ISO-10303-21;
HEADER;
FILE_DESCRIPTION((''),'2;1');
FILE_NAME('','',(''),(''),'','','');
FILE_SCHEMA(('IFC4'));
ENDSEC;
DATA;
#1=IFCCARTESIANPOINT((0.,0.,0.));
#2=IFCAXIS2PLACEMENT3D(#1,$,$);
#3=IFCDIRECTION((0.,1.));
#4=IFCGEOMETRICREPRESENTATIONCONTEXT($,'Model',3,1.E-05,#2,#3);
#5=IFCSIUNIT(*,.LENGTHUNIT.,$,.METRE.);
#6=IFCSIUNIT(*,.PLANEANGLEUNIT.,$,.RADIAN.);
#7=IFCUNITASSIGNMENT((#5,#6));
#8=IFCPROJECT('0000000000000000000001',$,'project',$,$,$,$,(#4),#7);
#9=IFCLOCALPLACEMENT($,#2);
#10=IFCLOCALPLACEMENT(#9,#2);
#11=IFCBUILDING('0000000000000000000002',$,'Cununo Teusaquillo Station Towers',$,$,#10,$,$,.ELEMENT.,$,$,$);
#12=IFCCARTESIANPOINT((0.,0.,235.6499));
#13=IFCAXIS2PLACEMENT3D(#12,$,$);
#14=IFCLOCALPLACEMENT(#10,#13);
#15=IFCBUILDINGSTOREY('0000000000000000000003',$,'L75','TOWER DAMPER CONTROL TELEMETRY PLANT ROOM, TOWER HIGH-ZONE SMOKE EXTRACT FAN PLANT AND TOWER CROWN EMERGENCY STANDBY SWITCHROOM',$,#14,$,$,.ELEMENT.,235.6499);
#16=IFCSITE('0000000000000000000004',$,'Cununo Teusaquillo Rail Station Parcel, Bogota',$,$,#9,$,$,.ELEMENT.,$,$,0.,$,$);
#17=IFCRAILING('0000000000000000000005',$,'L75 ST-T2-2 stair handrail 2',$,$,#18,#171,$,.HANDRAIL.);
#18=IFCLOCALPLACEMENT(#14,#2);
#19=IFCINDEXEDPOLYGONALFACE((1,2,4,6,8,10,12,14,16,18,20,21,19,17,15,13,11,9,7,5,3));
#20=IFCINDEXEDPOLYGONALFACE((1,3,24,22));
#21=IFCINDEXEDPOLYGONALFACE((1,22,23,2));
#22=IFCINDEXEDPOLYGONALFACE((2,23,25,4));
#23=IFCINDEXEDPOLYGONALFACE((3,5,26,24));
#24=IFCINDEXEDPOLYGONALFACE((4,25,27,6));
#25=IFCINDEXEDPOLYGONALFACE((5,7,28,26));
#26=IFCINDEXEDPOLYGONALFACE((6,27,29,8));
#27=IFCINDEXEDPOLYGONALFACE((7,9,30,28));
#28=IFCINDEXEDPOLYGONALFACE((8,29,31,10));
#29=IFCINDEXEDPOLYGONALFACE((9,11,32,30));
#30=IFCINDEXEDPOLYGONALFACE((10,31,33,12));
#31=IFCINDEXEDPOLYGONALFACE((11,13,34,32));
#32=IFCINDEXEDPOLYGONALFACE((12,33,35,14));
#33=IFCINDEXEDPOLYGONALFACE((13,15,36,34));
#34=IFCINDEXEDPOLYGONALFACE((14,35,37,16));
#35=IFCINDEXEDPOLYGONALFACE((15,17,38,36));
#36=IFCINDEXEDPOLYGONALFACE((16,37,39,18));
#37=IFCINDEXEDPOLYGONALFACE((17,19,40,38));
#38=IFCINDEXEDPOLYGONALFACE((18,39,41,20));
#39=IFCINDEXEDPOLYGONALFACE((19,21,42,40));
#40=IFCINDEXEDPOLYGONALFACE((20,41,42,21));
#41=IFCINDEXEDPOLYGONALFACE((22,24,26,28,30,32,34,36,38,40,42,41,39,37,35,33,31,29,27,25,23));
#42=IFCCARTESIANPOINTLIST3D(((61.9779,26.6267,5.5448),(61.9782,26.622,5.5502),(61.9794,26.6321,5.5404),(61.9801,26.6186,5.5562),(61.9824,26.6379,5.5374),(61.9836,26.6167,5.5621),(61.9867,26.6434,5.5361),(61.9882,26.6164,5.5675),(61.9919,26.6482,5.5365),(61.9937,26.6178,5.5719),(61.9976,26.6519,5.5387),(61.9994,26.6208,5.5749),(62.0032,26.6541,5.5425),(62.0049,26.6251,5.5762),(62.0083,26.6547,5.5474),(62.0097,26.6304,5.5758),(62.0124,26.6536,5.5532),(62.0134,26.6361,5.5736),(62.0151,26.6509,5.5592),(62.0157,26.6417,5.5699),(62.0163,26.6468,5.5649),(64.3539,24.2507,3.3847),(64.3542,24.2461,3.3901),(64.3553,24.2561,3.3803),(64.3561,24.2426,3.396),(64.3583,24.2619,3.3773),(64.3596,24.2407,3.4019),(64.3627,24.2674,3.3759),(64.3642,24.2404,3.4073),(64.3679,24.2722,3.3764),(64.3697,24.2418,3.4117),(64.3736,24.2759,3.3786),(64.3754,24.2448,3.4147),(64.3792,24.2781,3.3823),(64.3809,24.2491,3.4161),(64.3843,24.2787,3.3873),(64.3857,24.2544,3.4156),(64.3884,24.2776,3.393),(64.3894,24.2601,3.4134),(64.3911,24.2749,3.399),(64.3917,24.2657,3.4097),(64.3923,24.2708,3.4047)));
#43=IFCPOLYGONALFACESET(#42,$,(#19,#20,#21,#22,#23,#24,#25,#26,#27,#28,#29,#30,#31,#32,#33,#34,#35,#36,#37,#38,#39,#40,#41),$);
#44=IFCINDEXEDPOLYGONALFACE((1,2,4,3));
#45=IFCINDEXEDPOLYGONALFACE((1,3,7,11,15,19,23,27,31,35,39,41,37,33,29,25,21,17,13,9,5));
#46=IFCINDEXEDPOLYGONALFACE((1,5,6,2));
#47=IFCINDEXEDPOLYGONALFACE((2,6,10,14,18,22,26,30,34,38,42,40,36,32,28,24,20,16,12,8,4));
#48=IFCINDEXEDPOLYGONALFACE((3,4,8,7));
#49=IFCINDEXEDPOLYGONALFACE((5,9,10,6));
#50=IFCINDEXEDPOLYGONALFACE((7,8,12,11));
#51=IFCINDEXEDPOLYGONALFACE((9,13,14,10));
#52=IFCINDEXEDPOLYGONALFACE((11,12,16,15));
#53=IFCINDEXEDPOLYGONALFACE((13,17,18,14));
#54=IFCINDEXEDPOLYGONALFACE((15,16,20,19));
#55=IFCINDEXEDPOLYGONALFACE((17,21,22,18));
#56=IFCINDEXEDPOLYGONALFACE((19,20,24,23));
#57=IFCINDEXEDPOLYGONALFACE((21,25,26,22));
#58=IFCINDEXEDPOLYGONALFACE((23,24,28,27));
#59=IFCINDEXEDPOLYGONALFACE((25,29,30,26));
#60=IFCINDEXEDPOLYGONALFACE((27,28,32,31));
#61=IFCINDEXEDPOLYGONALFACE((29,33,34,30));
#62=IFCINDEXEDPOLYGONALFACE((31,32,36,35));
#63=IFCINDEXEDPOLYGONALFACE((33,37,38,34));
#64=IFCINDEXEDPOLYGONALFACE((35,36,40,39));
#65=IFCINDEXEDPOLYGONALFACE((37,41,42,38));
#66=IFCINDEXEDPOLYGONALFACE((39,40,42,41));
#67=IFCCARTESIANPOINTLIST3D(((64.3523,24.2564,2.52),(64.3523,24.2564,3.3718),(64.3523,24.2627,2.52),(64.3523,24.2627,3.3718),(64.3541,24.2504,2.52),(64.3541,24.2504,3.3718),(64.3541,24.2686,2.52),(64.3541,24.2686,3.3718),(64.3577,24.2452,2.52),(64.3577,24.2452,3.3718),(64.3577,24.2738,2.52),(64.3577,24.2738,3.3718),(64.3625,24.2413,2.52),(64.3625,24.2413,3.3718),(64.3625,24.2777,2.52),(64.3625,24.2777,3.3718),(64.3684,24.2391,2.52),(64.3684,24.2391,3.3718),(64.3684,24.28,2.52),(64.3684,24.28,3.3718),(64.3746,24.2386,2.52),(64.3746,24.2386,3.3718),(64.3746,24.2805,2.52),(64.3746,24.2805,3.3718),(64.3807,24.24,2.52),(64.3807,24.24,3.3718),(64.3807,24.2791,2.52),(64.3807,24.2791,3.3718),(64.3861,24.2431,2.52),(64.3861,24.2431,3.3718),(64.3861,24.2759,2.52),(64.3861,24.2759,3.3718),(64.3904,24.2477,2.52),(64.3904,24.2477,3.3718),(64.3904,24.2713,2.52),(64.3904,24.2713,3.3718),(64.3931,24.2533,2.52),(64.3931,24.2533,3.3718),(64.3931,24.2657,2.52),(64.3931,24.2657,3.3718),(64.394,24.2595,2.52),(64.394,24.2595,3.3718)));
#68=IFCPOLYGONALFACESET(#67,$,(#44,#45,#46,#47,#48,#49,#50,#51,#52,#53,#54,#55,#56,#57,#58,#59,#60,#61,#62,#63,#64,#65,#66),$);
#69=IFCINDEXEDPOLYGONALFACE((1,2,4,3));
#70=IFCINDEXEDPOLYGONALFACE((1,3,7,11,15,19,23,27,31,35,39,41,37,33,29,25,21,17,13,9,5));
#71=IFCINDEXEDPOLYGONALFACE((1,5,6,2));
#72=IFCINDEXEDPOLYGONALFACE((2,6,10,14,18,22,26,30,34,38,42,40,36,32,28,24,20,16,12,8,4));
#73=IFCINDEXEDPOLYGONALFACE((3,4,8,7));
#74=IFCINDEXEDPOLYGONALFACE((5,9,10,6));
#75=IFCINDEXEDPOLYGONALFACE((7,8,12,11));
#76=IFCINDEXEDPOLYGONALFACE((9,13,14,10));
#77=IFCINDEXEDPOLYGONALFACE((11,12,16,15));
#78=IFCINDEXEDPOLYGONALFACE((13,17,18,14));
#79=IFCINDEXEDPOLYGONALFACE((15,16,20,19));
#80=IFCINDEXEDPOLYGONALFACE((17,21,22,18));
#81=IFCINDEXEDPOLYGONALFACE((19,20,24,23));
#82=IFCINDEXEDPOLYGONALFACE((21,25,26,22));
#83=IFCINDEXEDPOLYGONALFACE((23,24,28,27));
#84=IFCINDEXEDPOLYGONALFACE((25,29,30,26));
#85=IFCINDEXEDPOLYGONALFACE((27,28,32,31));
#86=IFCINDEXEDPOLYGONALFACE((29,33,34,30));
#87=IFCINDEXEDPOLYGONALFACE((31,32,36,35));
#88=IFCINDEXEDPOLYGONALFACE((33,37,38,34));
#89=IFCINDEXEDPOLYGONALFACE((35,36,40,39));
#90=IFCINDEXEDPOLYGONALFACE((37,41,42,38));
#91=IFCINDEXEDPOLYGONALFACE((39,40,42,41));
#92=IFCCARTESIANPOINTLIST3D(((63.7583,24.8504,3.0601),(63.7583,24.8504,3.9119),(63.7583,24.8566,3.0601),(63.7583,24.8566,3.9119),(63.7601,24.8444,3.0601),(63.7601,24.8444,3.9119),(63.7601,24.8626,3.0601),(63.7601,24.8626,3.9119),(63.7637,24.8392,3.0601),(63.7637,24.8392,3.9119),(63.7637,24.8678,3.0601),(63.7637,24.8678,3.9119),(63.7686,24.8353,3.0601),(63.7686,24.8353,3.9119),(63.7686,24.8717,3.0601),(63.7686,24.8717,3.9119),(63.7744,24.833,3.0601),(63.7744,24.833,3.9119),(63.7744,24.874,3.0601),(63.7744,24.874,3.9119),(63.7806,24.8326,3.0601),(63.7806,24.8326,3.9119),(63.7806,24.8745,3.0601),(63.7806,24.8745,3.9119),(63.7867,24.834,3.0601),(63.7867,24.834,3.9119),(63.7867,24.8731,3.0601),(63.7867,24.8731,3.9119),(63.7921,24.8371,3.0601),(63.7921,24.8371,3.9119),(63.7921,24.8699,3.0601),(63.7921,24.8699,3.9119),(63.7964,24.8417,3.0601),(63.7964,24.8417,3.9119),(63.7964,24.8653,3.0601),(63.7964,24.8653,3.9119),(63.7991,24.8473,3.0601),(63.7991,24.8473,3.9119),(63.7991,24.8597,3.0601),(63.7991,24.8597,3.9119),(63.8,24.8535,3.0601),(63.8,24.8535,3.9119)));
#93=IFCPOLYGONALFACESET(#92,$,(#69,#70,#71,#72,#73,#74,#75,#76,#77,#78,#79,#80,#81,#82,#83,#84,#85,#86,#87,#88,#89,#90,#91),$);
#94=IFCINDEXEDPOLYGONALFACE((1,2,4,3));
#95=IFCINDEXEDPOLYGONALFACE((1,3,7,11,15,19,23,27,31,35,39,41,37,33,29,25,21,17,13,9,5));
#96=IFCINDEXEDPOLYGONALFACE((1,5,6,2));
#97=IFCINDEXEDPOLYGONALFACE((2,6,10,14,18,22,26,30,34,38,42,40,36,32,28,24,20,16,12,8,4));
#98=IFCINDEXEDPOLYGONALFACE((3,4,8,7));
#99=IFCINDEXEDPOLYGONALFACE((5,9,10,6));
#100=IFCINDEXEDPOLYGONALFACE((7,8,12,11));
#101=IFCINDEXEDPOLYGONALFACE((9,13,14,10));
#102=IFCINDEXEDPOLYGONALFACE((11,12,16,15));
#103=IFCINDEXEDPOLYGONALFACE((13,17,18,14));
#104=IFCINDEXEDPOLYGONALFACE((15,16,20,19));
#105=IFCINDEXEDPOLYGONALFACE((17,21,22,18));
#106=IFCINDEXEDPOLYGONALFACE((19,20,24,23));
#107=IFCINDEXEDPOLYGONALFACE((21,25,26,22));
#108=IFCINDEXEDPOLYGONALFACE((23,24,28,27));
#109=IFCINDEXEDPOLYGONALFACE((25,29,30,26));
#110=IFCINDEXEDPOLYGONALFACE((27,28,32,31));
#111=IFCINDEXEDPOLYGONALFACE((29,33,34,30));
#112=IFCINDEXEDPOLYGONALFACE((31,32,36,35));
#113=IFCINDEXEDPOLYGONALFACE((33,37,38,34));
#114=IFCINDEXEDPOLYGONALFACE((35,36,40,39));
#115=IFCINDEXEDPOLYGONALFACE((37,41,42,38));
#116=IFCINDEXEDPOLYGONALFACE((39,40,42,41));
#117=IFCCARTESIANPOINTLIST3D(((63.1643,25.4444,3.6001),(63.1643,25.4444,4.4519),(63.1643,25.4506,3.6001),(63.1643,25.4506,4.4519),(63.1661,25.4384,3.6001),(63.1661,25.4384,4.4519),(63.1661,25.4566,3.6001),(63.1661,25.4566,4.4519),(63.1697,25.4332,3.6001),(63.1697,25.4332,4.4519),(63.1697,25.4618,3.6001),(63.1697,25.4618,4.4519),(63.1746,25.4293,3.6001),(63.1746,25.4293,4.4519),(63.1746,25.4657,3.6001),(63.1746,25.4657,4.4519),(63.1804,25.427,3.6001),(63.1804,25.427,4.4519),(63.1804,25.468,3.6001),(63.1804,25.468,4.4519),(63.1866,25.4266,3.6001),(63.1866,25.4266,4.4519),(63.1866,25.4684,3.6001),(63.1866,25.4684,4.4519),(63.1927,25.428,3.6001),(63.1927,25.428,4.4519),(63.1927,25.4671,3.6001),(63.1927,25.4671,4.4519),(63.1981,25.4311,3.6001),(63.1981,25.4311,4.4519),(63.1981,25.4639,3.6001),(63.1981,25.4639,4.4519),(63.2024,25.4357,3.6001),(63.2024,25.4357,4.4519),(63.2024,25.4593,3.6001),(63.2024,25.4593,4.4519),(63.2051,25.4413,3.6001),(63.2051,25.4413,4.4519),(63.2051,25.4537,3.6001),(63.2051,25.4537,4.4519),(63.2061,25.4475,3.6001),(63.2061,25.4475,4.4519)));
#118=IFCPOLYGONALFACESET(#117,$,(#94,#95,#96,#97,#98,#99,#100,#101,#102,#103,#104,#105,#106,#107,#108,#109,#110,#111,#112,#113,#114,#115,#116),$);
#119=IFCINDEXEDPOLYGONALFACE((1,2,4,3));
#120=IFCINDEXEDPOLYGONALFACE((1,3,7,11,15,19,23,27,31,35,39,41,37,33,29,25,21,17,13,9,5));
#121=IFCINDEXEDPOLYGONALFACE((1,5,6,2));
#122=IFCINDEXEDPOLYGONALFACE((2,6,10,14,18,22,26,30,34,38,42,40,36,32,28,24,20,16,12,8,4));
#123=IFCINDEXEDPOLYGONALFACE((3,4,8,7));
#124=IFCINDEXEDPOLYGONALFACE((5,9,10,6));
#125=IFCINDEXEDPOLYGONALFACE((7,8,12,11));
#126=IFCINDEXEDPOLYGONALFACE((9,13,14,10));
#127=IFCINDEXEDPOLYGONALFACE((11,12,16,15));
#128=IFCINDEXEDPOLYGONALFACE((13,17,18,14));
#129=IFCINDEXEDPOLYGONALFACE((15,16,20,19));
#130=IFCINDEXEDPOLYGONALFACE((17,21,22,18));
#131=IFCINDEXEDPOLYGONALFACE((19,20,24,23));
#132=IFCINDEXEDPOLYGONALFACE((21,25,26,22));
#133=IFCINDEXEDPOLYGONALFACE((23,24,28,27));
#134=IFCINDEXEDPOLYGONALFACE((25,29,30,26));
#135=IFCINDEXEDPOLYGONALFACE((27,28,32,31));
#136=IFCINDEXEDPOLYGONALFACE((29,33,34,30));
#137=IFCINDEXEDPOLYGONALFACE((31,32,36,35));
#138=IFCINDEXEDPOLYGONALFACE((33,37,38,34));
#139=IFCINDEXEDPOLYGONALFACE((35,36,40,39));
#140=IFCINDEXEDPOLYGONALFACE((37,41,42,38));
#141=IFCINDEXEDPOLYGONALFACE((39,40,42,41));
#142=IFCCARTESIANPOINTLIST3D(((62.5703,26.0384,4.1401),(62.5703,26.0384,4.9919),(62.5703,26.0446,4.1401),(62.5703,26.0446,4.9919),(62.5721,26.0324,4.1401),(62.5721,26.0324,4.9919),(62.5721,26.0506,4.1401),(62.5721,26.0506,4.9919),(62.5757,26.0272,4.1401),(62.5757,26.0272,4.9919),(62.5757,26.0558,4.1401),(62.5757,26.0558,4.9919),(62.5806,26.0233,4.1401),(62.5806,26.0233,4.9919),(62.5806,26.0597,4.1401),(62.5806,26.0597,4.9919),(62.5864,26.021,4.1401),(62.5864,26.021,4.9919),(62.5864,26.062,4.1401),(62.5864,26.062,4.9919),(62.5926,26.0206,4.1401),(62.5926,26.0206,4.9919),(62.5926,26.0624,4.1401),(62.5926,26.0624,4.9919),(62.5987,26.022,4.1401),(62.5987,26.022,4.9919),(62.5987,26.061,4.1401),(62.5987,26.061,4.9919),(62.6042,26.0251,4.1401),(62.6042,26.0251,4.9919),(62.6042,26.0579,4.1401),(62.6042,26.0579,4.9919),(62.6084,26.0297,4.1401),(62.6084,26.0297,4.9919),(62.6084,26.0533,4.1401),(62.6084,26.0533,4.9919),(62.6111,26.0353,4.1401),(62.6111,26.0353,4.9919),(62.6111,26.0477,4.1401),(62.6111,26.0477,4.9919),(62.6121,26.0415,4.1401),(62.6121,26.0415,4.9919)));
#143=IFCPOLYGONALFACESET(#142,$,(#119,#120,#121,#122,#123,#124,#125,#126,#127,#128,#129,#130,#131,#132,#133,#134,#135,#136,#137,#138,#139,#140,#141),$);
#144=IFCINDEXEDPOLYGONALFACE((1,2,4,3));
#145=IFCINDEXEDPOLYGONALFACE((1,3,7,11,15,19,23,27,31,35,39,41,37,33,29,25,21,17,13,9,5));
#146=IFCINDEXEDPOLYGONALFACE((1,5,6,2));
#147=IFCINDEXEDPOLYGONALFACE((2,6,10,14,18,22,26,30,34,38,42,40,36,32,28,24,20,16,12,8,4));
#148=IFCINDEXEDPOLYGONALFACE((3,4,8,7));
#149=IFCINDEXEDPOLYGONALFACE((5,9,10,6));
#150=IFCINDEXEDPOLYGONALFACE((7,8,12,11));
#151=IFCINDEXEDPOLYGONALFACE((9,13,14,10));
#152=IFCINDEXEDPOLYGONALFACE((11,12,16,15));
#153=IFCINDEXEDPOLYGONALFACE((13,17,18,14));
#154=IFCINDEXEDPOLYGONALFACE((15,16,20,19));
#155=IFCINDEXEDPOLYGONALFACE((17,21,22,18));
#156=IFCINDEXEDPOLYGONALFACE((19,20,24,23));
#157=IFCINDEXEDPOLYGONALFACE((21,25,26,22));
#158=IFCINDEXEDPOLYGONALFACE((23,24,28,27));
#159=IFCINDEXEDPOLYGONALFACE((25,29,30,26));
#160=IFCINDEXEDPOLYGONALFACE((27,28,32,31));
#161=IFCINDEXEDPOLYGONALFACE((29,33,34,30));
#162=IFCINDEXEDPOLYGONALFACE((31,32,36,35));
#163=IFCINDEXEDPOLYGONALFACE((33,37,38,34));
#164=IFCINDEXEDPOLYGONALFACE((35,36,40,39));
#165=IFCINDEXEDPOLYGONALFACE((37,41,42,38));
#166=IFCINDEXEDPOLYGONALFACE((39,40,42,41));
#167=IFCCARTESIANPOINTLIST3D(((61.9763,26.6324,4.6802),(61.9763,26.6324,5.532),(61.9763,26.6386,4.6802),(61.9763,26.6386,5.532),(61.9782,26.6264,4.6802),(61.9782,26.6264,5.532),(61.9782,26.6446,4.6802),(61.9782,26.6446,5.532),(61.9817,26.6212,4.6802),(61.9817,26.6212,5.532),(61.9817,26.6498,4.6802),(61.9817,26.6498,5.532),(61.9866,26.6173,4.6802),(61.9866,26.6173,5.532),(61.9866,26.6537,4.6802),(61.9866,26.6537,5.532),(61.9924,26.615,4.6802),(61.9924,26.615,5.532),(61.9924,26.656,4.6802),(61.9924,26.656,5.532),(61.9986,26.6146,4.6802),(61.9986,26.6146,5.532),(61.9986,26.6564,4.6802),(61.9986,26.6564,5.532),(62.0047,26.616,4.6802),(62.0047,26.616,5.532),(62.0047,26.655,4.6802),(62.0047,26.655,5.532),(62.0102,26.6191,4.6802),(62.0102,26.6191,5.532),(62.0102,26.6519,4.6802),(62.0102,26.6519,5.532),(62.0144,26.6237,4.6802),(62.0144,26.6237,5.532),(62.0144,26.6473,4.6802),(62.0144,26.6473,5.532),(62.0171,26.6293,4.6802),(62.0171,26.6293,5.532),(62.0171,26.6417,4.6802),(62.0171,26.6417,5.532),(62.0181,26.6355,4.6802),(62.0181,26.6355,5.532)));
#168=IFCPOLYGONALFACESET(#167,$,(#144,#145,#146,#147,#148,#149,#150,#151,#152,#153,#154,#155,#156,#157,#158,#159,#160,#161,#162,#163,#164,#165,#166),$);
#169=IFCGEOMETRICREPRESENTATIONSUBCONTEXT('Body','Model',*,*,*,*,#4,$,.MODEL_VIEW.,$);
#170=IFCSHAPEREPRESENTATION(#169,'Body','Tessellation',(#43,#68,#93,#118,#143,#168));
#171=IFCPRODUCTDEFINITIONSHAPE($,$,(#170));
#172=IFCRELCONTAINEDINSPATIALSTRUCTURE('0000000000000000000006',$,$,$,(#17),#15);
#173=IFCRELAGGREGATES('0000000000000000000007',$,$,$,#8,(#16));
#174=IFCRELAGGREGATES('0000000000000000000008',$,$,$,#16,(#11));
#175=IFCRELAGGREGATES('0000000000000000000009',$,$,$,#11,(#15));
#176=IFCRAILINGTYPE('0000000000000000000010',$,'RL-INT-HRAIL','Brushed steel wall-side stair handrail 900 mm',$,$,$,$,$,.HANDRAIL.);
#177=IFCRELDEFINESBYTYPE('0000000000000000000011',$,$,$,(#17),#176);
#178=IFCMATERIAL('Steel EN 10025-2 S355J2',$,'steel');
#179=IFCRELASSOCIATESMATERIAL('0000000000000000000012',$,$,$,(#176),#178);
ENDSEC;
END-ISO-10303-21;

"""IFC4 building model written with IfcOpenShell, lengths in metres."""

from ifc_helpers import new_model, si_unit, direction, frame, origin, origin_2d, place, context, subcontext, project, spatial, circle, extrude, material, type_object, element, save


model = new_model("IFC4")

# Units and contexts
model_context = context("Model", 3, precision=1e-05, world=origin(), true_north=direction((0.0, 1.0)))
body_context = subcontext(model_context, "Body", "Model", "MODEL_VIEW")
ifc_project = project(units=[si_unit("LENGTHUNIT", "METRE"), si_unit("PLANEANGLEUNIT", "RADIAN")], contexts=[model_context])

# Site, building, storey
site_placement = place(None, origin())
site = spatial("IfcSite", under=ifc_project, at=site_placement, Name="Cununo Teusaquillo Rail Station Parcel, Bogota", CompositionType="ELEMENT", RefElevation=0.0)
building_placement = place(site_placement, origin())
building = spatial("IfcBuilding", under=site, at=building_placement, Name="Cununo Teusaquillo Station Towers", CompositionType="ELEMENT")
storey_placement = place(building_placement, frame((0.0, 0.0, 235.6499)))
storey = spatial("IfcBuildingStorey", under=building, at=storey_placement, Name="L75", Description="TOWER DAMPER CONTROL TELEMETRY PLANT ROOM, TOWER HIGH-ZONE SMOKE EXTRACT FAN PLANT AND TOWER CROWN EMERGENCY STANDBY SWITCHROOM", CompositionType="ELEMENT", Elevation=235.6499)

# Railing
ifc_material_1 = material(Name="Steel EN 10025-2 S355J2", Category="steel")
railing_type_1 = type_object("IfcRailingType", Name="RL-INT-HRAIL", Description="Brushed steel wall-side stair handrail 900 mm", PredefinedType="HANDRAIL", material=ifc_material_1)
railing_1_placement = place(storey_placement, frame((64.373, 24.2595, 2.52)))
element("IfcRailing", 1, at=railing_1_placement, inside=storey, type_object=railing_type_1, Name="L75 ST-T2-2 stair handrail 2", PredefinedType="HANDRAIL", context=body_context, shape_type="SweptSolid", body=[
    extrude(circle(Radius=0.0239, at=origin_2d()), frame((0.0, 0.0, 0.876), z_axis=(-0.594798, 0.594798, 0.54077), x_axis=(-0.707107, -0.707107, 0.0)), (0.0, 0.0, 1.0), 3.9946),
    extrude(circle(Radius=0.021, at=origin_2d()), origin(), (0.0, 0.0, 1.0), 0.8518),
    extrude(circle(Radius=0.021, at=origin_2d()), frame((-0.594, 0.594, 0.54)), (0.0, 0.0, 1.0), 0.8518),
    extrude(circle(Radius=0.021, at=origin_2d()), frame((-1.188, 1.188, 1.0801)), (0.0, 0.0, 1.0), 0.8518),
    extrude(circle(Radius=0.021, at=origin_2d()), frame((-1.782, 1.782, 1.6201)), (0.0, 0.0, 1.0), 0.8518),
    extrude(circle(Radius=0.021, at=origin_2d()), frame((-2.376, 2.376, 2.1602)), (0.0, 0.0, 1.0), 0.8518),
])

save(model, "model.ifc")
